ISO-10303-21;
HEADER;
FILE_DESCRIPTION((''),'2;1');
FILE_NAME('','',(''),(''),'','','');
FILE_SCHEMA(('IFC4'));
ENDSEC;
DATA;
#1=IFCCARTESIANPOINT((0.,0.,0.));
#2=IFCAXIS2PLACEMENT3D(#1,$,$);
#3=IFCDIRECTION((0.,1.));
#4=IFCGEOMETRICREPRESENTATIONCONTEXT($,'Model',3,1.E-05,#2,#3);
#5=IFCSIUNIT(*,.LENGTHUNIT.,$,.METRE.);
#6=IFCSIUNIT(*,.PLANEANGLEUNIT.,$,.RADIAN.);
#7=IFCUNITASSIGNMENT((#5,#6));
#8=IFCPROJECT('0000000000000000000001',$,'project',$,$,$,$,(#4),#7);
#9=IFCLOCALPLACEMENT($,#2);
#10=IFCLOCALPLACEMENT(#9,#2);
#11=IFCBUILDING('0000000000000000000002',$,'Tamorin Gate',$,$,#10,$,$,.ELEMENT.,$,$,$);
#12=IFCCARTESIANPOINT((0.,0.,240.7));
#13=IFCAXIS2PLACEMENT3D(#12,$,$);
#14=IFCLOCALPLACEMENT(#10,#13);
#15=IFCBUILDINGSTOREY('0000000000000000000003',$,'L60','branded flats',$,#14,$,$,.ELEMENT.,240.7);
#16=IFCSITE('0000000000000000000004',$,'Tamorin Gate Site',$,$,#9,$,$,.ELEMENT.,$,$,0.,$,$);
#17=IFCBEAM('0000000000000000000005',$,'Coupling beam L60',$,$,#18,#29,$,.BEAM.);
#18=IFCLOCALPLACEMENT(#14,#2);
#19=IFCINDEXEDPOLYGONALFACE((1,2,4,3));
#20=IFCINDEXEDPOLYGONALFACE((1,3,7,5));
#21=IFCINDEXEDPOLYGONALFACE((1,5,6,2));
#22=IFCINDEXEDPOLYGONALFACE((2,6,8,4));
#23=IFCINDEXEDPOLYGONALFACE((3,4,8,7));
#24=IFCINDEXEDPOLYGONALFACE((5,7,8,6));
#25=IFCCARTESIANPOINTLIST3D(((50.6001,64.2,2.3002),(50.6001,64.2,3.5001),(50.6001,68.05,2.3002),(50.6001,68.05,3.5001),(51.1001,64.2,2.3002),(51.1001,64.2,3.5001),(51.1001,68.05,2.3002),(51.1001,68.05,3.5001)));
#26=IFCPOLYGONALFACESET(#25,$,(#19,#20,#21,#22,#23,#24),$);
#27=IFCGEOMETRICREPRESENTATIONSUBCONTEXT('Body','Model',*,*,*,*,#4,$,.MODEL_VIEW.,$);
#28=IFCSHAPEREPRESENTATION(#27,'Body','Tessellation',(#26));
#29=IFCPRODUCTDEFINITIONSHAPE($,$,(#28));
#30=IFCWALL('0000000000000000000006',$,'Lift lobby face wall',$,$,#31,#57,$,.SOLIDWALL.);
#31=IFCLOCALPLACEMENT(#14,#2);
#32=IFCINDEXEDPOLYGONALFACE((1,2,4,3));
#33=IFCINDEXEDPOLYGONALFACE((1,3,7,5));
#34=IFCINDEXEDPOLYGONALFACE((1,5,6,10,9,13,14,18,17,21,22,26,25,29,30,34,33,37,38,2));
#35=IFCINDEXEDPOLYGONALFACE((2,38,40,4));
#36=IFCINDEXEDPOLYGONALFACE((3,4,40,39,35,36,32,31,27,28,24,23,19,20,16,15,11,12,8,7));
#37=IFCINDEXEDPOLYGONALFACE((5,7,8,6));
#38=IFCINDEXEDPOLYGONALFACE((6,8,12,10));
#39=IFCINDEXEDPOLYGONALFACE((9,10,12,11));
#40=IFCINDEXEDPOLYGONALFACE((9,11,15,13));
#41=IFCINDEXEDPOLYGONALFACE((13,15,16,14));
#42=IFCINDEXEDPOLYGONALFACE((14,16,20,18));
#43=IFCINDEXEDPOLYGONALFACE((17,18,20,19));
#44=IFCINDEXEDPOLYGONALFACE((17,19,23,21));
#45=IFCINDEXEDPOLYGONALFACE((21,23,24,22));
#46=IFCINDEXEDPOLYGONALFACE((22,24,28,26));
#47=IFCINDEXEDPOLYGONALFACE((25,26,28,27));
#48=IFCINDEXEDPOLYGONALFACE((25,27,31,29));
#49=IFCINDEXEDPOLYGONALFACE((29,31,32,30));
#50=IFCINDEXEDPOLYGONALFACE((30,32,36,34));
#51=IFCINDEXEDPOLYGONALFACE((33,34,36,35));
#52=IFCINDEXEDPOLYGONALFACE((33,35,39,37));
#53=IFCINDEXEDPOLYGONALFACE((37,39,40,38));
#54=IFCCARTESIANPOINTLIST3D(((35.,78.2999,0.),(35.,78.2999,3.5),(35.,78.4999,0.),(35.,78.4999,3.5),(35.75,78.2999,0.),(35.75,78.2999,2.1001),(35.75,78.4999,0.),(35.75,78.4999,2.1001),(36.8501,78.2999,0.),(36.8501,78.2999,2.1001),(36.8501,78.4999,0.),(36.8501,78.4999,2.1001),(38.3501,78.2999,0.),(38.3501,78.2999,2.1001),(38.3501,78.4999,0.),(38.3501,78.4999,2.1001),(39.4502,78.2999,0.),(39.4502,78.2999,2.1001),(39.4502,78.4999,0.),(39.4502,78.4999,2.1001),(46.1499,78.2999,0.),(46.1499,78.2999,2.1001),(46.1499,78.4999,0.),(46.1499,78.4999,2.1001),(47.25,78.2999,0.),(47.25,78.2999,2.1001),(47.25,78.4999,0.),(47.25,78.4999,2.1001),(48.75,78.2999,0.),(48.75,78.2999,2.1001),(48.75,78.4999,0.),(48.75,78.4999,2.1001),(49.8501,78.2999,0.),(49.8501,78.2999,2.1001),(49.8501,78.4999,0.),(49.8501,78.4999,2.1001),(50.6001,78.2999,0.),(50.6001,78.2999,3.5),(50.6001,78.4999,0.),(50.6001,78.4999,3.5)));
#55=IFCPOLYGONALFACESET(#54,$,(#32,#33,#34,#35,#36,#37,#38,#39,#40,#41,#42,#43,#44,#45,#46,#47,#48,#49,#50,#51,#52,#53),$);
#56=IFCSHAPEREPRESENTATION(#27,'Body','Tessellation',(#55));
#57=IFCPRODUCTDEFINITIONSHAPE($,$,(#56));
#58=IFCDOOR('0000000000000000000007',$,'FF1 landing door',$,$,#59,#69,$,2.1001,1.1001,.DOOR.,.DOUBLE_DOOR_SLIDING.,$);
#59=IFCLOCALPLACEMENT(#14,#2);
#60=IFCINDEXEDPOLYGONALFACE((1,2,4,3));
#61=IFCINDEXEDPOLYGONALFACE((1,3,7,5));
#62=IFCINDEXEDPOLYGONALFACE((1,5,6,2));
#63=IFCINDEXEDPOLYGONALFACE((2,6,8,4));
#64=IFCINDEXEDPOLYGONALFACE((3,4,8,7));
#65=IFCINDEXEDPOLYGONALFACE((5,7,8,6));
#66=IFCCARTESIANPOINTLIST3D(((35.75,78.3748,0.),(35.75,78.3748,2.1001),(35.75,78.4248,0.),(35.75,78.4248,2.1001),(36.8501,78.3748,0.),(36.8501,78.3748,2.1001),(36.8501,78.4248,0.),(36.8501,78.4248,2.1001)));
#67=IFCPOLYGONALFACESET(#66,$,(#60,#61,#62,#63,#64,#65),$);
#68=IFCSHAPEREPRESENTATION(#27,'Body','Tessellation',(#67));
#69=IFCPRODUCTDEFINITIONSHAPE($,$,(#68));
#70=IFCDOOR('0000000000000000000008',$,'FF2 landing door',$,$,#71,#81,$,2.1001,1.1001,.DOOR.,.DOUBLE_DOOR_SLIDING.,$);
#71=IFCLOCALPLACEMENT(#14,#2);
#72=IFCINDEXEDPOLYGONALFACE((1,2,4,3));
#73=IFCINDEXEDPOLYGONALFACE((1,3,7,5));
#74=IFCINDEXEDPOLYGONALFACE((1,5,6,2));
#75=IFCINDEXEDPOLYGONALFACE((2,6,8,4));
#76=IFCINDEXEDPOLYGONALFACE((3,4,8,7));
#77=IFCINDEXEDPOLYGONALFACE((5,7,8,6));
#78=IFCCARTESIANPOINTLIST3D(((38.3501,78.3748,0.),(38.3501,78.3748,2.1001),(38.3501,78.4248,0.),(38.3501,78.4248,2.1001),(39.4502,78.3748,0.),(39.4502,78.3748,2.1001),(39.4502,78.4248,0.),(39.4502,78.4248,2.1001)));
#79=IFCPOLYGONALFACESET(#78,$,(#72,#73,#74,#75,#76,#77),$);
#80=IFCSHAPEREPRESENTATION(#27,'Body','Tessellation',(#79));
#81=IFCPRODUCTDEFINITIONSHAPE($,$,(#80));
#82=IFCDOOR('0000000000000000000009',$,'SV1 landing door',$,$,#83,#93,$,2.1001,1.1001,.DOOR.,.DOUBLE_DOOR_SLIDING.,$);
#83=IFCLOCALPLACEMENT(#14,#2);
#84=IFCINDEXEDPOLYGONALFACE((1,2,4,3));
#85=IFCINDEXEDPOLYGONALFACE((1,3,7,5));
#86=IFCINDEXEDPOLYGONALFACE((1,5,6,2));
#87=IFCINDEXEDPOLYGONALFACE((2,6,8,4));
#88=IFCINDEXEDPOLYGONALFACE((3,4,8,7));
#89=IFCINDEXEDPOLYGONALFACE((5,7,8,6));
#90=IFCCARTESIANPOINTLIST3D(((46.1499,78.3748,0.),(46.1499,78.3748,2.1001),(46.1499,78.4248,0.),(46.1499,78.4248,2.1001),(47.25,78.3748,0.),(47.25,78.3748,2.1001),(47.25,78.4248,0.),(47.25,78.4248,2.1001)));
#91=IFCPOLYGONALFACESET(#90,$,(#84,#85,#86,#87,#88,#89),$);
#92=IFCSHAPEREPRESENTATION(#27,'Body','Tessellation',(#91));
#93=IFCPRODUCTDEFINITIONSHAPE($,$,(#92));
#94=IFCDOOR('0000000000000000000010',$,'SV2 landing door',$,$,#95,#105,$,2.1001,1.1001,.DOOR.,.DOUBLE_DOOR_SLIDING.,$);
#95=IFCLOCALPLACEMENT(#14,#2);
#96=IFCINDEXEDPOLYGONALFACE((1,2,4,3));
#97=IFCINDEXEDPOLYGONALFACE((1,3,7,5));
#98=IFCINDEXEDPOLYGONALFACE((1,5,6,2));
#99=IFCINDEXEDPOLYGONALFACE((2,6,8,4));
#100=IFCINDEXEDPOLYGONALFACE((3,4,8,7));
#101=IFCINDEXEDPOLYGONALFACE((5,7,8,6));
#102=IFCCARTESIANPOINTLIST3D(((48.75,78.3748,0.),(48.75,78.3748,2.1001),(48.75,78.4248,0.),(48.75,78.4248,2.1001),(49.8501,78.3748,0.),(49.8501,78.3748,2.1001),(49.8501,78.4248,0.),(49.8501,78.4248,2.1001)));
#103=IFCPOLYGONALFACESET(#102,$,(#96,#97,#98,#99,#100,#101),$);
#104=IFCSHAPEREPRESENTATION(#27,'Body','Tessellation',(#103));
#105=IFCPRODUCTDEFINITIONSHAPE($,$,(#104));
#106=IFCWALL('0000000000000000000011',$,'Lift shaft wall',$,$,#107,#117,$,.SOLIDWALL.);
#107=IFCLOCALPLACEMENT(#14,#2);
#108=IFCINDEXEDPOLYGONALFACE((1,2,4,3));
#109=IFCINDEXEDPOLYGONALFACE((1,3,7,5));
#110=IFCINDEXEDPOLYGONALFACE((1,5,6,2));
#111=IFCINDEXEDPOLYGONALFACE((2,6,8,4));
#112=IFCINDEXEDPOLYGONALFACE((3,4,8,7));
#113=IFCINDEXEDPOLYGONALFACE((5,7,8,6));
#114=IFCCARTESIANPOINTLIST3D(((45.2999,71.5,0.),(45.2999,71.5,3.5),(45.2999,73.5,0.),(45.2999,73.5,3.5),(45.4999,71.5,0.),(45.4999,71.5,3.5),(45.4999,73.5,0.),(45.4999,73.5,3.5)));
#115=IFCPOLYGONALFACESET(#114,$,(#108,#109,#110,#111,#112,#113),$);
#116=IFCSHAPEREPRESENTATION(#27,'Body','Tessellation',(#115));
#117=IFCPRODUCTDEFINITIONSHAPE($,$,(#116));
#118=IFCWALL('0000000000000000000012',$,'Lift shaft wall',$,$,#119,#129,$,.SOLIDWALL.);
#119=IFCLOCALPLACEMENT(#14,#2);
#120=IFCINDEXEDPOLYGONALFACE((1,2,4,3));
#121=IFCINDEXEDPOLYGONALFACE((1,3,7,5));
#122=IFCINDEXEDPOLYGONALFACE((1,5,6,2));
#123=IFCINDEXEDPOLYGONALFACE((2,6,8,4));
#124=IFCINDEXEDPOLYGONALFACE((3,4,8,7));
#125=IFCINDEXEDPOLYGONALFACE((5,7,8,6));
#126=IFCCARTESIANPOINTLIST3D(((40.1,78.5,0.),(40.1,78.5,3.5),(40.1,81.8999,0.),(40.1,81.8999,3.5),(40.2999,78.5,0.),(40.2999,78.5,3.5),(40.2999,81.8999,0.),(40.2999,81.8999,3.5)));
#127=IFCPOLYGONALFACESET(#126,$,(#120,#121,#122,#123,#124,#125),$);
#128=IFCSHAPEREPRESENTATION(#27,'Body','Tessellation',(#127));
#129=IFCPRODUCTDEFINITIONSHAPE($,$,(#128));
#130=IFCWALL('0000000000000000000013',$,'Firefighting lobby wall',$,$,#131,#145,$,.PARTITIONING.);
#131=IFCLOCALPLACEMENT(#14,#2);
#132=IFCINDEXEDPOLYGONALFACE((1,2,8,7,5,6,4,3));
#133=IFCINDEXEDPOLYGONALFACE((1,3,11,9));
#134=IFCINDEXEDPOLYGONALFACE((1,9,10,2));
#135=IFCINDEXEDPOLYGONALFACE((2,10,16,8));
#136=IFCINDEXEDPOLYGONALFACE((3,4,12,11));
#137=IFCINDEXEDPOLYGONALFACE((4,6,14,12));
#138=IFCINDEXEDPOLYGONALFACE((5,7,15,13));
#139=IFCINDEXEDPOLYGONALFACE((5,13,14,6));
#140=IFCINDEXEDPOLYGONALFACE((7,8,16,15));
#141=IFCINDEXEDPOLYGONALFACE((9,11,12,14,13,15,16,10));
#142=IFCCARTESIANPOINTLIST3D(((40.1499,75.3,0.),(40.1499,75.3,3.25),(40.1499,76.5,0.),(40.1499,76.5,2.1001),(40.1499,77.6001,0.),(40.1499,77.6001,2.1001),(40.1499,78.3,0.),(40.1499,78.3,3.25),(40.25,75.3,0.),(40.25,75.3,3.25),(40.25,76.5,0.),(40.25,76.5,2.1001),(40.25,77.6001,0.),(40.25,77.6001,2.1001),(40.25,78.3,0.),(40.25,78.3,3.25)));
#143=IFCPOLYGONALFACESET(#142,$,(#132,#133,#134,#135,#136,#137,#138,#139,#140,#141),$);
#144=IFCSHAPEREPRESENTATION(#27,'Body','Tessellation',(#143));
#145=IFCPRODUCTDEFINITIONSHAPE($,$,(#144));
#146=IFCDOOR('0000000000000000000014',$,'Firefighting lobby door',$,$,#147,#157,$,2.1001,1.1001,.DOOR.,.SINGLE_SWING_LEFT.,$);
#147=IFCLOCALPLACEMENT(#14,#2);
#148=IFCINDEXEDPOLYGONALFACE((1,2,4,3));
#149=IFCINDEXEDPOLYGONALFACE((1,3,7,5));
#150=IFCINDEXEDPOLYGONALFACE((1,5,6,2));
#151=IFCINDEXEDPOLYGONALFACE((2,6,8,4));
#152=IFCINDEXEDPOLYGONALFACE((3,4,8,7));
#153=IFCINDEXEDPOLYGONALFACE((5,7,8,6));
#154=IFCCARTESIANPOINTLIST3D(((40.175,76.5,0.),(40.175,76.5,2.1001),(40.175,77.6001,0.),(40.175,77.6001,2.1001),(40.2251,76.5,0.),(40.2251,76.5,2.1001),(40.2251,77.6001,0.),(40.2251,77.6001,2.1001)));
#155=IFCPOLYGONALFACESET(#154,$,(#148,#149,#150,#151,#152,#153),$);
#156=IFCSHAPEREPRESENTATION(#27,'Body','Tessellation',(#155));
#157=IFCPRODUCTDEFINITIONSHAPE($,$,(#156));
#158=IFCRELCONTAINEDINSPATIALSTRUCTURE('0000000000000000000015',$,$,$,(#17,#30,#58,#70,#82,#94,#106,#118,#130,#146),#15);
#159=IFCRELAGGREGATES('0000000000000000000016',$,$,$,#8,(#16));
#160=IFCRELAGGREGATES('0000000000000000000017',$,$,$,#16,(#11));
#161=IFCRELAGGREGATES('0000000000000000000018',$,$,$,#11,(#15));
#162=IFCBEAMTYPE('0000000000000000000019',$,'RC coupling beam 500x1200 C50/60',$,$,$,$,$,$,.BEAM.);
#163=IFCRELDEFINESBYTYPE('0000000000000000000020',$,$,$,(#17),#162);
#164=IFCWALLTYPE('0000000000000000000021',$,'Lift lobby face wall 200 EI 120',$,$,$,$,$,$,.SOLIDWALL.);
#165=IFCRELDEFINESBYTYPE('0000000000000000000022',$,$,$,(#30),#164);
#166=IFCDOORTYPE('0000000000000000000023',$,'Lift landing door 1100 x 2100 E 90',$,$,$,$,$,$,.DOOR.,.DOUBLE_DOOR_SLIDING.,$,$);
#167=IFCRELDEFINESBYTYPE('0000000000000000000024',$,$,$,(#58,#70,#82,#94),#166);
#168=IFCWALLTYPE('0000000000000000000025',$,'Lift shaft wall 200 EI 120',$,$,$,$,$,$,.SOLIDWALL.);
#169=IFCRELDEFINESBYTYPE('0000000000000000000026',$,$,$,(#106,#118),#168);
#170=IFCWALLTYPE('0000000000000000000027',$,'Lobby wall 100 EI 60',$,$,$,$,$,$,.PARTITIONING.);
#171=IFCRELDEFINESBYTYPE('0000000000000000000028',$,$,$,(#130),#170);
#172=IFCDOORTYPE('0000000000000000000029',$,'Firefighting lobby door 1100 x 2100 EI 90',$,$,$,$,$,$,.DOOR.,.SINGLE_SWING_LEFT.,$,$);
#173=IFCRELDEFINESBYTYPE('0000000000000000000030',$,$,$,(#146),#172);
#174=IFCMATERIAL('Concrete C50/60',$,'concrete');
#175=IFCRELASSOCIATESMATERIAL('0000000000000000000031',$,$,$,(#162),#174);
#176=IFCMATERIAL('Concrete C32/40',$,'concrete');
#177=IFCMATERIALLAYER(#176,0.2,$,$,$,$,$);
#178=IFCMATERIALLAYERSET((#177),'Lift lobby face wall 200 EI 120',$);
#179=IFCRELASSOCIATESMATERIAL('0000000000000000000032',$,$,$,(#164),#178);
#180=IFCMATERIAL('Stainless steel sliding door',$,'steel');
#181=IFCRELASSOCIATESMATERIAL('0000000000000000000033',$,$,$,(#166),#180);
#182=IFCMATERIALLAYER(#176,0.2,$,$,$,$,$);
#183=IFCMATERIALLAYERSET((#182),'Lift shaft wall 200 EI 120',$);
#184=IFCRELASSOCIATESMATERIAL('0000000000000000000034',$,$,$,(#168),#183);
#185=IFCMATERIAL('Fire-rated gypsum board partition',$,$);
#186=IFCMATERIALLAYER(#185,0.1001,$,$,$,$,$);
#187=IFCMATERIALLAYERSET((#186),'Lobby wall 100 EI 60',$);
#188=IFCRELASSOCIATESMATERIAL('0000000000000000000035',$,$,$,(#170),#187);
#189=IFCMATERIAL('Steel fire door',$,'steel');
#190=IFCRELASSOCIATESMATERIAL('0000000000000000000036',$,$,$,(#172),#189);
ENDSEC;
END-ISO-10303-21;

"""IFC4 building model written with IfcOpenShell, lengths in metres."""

from ifc_helpers import new_model, si_unit, direction, frame, frame_2d, origin, origin_2d, place, context, subcontext, project, spatial, rectangle, extrude, material, layer, layer_set, material_profile, profile_set, type_object, element, fill, save


model = new_model("IFC4")

# Units and contexts
model_context = context("Model", 3, precision=1e-05, world=origin(), true_north=direction((0.0, 1.0)))
body_context = subcontext(model_context, "Body", "Model", "MODEL_VIEW")
ifc_project = project(units=[si_unit("LENGTHUNIT", "METRE"), si_unit("PLANEANGLEUNIT", "RADIAN")], contexts=[model_context])

# Site, building, storey
site_placement = place(None, origin())
site = spatial("IfcSite", under=ifc_project, at=site_placement, Name="Tamorin Gate Site", CompositionType="ELEMENT", RefElevation=0.0)
building_placement = place(site_placement, origin())
building = spatial("IfcBuilding", under=site, at=building_placement, Name="Tamorin Gate", CompositionType="ELEMENT")
storey_placement = place(building_placement, frame((0.0, 0.0, 240.7)))
storey = spatial("IfcBuildingStorey", under=building, at=storey_placement, Name="L60", Description="branded flats", CompositionType="ELEMENT", Elevation=240.7)

# Beam
ifc_material_1 = material(Name="Concrete C50/60", Category="concrete")
ifc_material_profile = material_profile(ifc_material_1, rectangle(XDim=0.5, YDim=1.2, at=origin_2d()), Name="RC 500x1200")
ifc_profile_set = profile_set([ifc_material_profile], Name="Concrete C50/60")
beam_type = type_object("IfcBeamType", Name="RC coupling beam 500x1200 C50/60", PredefinedType="BEAM", material=ifc_profile_set)
beam_placement = place(storey_placement, frame((50.8501, 64.2, 2.9001), z_axis=(0.0, 1.0, 0.0), x_axis=(-1.0, 0.0, 0.0)))
element("IfcBeam", 1, at=beam_placement, inside=storey, type_object=beam_type, Name="Coupling beam L60", PredefinedType="BEAM", context=body_context, shape_type="SweptSolid", body=[
    extrude(rectangle(XDim=0.5, YDim=1.2, at=origin_2d()), origin(), (0.0, 0.0, 1.0), 3.8501),
])

# Wall, openings, doors
ifc_material_2 = material(Name="Concrete C32/40", Category="concrete")
ifc_layer_1 = layer(ifc_material_2, 0.2)
ifc_layer_set_1 = layer_set([ifc_layer_1], Name="Lift lobby face wall 200 EI 120")
wall_type_1 = type_object("IfcWallType", Name="Lift lobby face wall 200 EI 120", PredefinedType="SOLIDWALL", material=ifc_layer_set_1)
wall_1_placement = place(storey_placement, frame((35.0, 78.3999, 0.0), z_axis=(0.0, 0.0, 1.0), x_axis=(1.0, 0.0, 0.0)))
wall_1 = element("IfcWall", 2, at=wall_1_placement, inside=storey, type_object=wall_type_1, Name="Lift lobby face wall", PredefinedType="SOLIDWALL", context=body_context, shape_type="SweptSolid", body=[
    extrude(rectangle(XDim=15.6001, YDim=0.2, at=frame_2d((7.8, 0.0))), origin(), (0.0, 0.0, 1.0), 3.5),
])
opening_1_placement = place(wall_1_placement, frame((0.75, 0.0, 0.0)))
opening_1 = element("IfcOpeningElement", 3, at=opening_1_placement, cuts=wall_1, PredefinedType="OPENING", context=body_context, shape_type="SweptSolid", body=[
    extrude(rectangle(XDim=1.1001, YDim=2.1001, at=frame_2d((0.55, 1.05))), frame((0.0, 0.1099, 0.0), z_axis=(0.0, -1.0, 0.0), x_axis=(1.0, 0.0, 0.0)), (0.0, 0.0, 1.0), 0.22),
])
opening_2_placement = place(wall_1_placement, frame((3.3501, 0.0, 0.0)))
opening_2 = element("IfcOpeningElement", 4, at=opening_2_placement, cuts=wall_1, PredefinedType="OPENING", context=body_context, shape_type="SweptSolid", body=[
    extrude(rectangle(XDim=1.1001, YDim=2.1001, at=frame_2d((0.55, 1.05))), frame((0.0, 0.1099, 0.0), z_axis=(0.0, -1.0, 0.0), x_axis=(1.0, 0.0, 0.0)), (0.0, 0.0, 1.0), 0.22),
])
opening_3_placement = place(wall_1_placement, frame((11.1499, 0.0, 0.0)))
opening_3 = element("IfcOpeningElement", 5, at=opening_3_placement, cuts=wall_1, PredefinedType="OPENING", context=body_context, shape_type="SweptSolid", body=[
    extrude(rectangle(XDim=1.1001, YDim=2.1001, at=frame_2d((0.55, 1.05))), frame((0.0, 0.1099, 0.0), z_axis=(0.0, -1.0, 0.0), x_axis=(1.0, 0.0, 0.0)), (0.0, 0.0, 1.0), 0.22),
])
opening_4_placement = place(wall_1_placement, frame((13.75, 0.0, 0.0)))
opening_4 = element("IfcOpeningElement", 6, at=opening_4_placement, cuts=wall_1, PredefinedType="OPENING", context=body_context, shape_type="SweptSolid", body=[
    extrude(rectangle(XDim=1.1001, YDim=2.1001, at=frame_2d((0.55, 1.05))), frame((0.0, 0.1099, 0.0), z_axis=(0.0, -1.0, 0.0), x_axis=(1.0, 0.0, 0.0)), (0.0, 0.0, 1.0), 0.22),
])
ifc_material_3 = material(Name="Stainless steel sliding door", Category="steel")
door_type_1 = type_object("IfcDoorType", Name="Lift landing door 1100 x 2100 E 90", OperationType="DOUBLE_DOOR_SLIDING", PredefinedType="DOOR", material=ifc_material_3)
door_1_placement = place(opening_1_placement, origin())
door_1 = element("IfcDoor", 7, at=door_1_placement, inside=storey, type_object=door_type_1, Name="FF1 landing door", OperationType="DOUBLE_DOOR_SLIDING", OverallHeight=2.1001, OverallWidth=1.1001, PredefinedType="DOOR", context=body_context, shape_type="SweptSolid", body=[
    extrude(rectangle(XDim=1.1001, YDim=2.1001, at=frame_2d((0.55, 1.05))), frame((0.0, 0.0249, 0.0), z_axis=(0.0, -1.0, 0.0), x_axis=(1.0, 0.0, 0.0)), (0.0, 0.0, 1.0), 0.05),
])
fill(opening_1, door_1)
door_2_placement = place(opening_2_placement, origin())
door_2 = element("IfcDoor", 8, at=door_2_placement, inside=storey, type_object=door_type_1, Name="FF2 landing door", OperationType="DOUBLE_DOOR_SLIDING", OverallHeight=2.1001, OverallWidth=1.1001, PredefinedType="DOOR", context=body_context, shape_type="SweptSolid", body=[
    extrude(rectangle(XDim=1.1001, YDim=2.1001, at=frame_2d((0.55, 1.05))), frame((0.0, 0.0249, 0.0), z_axis=(0.0, -1.0, 0.0), x_axis=(1.0, 0.0, 0.0)), (0.0, 0.0, 1.0), 0.05),
])
fill(opening_2, door_2)
door_3_placement = place(opening_3_placement, origin())
door_3 = element("IfcDoor", 9, at=door_3_placement, inside=storey, type_object=door_type_1, Name="SV1 landing door", OperationType="DOUBLE_DOOR_SLIDING", OverallHeight=2.1001, OverallWidth=1.1001, PredefinedType="DOOR", context=body_context, shape_type="SweptSolid", body=[
    extrude(rectangle(XDim=1.1001, YDim=2.1001, at=frame_2d((0.55, 1.05))), frame((0.0, 0.0249, 0.0), z_axis=(0.0, -1.0, 0.0), x_axis=(1.0, 0.0, 0.0)), (0.0, 0.0, 1.0), 0.05),
])
fill(opening_3, door_3)
door_4_placement = place(opening_4_placement, origin())
door_4 = element("IfcDoor", 10, at=door_4_placement, inside=storey, type_object=door_type_1, Name="SV2 landing door", OperationType="DOUBLE_DOOR_SLIDING", OverallHeight=2.1001, OverallWidth=1.1001, PredefinedType="DOOR", context=body_context, shape_type="SweptSolid", body=[
    extrude(rectangle(XDim=1.1001, YDim=2.1001, at=frame_2d((0.55, 1.05))), frame((0.0, 0.0249, 0.0), z_axis=(0.0, -1.0, 0.0), x_axis=(1.0, 0.0, 0.0)), (0.0, 0.0, 1.0), 0.05),
])
fill(opening_4, door_4)

# Walls
ifc_layer_2 = layer(ifc_material_2, 0.2)
ifc_layer_set_2 = layer_set([ifc_layer_2], Name="Lift shaft wall 200 EI 120")
wall_type_2 = type_object("IfcWallType", Name="Lift shaft wall 200 EI 120", PredefinedType="SOLIDWALL", material=ifc_layer_set_2)
wall_2_placement = place(storey_placement, frame((45.3999, 71.5, 0.0), z_axis=(0.0, 0.0, 1.0), x_axis=(0.0, 1.0, 0.0)))
element("IfcWall", 11, at=wall_2_placement, inside=storey, type_object=wall_type_2, Name="Lift shaft wall", PredefinedType="SOLIDWALL", context=body_context, shape_type="SweptSolid", body=[
    extrude(rectangle(XDim=2.0, YDim=0.2, at=frame_2d((1.0, 0.0))), origin(), (0.0, 0.0, 1.0), 3.5),
])
wall_3_placement = place(storey_placement, frame((40.2, 78.5, 0.0), z_axis=(0.0, 0.0, 1.0), x_axis=(0.0, 1.0, 0.0)))
element("IfcWall", 12, at=wall_3_placement, inside=storey, type_object=wall_type_2, Name="Lift shaft wall", PredefinedType="SOLIDWALL", context=body_context, shape_type="SweptSolid", body=[
    extrude(rectangle(XDim=3.3999, YDim=0.2, at=frame_2d((1.7, 0.0))), origin(), (0.0, 0.0, 1.0), 3.5),
])

# Wall, opening, door
ifc_material_4 = material(Name="Fire-rated gypsum board partition")
ifc_layer_3 = layer(ifc_material_4, 0.1001)
ifc_layer_set_3 = layer_set([ifc_layer_3], Name="Lobby wall 100 EI 60")
wall_type_3 = type_object("IfcWallType", Name="Lobby wall 100 EI 60", PredefinedType="PARTITIONING", material=ifc_layer_set_3)
wall_4_placement = place(storey_placement, frame((40.2, 75.3, 0.0), z_axis=(0.0, 0.0, 1.0), x_axis=(0.0, 1.0, 0.0)))
wall_4 = element("IfcWall", 13, at=wall_4_placement, inside=storey, type_object=wall_type_3, Name="Firefighting lobby wall", PredefinedType="PARTITIONING", context=body_context, shape_type="SweptSolid", body=[
    extrude(rectangle(XDim=3.0, YDim=0.1001, at=frame_2d((1.5, 0.0))), origin(), (0.0, 0.0, 1.0), 3.25),
])
opening_5_placement = place(wall_4_placement, frame((1.2, 0.0, 0.0)))
opening_5 = element("IfcOpeningElement", 14, at=opening_5_placement, cuts=wall_4, PredefinedType="OPENING", context=body_context, shape_type="SweptSolid", body=[
    extrude(rectangle(XDim=1.1001, YDim=2.1001, at=frame_2d((0.55, 1.05))), frame((0.0, 0.0601, 0.0), z_axis=(0.0, -1.0, 0.0), x_axis=(1.0, 0.0, 0.0)), (0.0, 0.0, 1.0), 0.1201),
])
ifc_material_5 = material(Name="Steel fire door", Category="steel")
door_type_2 = type_object("IfcDoorType", Name="Firefighting lobby door 1100 x 2100 EI 90", OperationType="SINGLE_SWING_LEFT", PredefinedType="DOOR", material=ifc_material_5)
door_5_placement = place(opening_5_placement, origin())
door_5 = element("IfcDoor", 15, at=door_5_placement, inside=storey, type_object=door_type_2, Name="Firefighting lobby door", OperationType="SINGLE_SWING_LEFT", OverallHeight=2.1001, OverallWidth=1.1001, PredefinedType="DOOR", context=body_context, shape_type="SweptSolid", body=[
    extrude(rectangle(XDim=1.1001, YDim=2.1001, at=frame_2d((0.55, 1.05))), frame((0.0, 0.0249, 0.0), z_axis=(0.0, -1.0, 0.0), x_axis=(1.0, 0.0, 0.0)), (0.0, 0.0, 1.0), 0.05),
])
fill(opening_5, door_5)

save(model, "model.ifc")
